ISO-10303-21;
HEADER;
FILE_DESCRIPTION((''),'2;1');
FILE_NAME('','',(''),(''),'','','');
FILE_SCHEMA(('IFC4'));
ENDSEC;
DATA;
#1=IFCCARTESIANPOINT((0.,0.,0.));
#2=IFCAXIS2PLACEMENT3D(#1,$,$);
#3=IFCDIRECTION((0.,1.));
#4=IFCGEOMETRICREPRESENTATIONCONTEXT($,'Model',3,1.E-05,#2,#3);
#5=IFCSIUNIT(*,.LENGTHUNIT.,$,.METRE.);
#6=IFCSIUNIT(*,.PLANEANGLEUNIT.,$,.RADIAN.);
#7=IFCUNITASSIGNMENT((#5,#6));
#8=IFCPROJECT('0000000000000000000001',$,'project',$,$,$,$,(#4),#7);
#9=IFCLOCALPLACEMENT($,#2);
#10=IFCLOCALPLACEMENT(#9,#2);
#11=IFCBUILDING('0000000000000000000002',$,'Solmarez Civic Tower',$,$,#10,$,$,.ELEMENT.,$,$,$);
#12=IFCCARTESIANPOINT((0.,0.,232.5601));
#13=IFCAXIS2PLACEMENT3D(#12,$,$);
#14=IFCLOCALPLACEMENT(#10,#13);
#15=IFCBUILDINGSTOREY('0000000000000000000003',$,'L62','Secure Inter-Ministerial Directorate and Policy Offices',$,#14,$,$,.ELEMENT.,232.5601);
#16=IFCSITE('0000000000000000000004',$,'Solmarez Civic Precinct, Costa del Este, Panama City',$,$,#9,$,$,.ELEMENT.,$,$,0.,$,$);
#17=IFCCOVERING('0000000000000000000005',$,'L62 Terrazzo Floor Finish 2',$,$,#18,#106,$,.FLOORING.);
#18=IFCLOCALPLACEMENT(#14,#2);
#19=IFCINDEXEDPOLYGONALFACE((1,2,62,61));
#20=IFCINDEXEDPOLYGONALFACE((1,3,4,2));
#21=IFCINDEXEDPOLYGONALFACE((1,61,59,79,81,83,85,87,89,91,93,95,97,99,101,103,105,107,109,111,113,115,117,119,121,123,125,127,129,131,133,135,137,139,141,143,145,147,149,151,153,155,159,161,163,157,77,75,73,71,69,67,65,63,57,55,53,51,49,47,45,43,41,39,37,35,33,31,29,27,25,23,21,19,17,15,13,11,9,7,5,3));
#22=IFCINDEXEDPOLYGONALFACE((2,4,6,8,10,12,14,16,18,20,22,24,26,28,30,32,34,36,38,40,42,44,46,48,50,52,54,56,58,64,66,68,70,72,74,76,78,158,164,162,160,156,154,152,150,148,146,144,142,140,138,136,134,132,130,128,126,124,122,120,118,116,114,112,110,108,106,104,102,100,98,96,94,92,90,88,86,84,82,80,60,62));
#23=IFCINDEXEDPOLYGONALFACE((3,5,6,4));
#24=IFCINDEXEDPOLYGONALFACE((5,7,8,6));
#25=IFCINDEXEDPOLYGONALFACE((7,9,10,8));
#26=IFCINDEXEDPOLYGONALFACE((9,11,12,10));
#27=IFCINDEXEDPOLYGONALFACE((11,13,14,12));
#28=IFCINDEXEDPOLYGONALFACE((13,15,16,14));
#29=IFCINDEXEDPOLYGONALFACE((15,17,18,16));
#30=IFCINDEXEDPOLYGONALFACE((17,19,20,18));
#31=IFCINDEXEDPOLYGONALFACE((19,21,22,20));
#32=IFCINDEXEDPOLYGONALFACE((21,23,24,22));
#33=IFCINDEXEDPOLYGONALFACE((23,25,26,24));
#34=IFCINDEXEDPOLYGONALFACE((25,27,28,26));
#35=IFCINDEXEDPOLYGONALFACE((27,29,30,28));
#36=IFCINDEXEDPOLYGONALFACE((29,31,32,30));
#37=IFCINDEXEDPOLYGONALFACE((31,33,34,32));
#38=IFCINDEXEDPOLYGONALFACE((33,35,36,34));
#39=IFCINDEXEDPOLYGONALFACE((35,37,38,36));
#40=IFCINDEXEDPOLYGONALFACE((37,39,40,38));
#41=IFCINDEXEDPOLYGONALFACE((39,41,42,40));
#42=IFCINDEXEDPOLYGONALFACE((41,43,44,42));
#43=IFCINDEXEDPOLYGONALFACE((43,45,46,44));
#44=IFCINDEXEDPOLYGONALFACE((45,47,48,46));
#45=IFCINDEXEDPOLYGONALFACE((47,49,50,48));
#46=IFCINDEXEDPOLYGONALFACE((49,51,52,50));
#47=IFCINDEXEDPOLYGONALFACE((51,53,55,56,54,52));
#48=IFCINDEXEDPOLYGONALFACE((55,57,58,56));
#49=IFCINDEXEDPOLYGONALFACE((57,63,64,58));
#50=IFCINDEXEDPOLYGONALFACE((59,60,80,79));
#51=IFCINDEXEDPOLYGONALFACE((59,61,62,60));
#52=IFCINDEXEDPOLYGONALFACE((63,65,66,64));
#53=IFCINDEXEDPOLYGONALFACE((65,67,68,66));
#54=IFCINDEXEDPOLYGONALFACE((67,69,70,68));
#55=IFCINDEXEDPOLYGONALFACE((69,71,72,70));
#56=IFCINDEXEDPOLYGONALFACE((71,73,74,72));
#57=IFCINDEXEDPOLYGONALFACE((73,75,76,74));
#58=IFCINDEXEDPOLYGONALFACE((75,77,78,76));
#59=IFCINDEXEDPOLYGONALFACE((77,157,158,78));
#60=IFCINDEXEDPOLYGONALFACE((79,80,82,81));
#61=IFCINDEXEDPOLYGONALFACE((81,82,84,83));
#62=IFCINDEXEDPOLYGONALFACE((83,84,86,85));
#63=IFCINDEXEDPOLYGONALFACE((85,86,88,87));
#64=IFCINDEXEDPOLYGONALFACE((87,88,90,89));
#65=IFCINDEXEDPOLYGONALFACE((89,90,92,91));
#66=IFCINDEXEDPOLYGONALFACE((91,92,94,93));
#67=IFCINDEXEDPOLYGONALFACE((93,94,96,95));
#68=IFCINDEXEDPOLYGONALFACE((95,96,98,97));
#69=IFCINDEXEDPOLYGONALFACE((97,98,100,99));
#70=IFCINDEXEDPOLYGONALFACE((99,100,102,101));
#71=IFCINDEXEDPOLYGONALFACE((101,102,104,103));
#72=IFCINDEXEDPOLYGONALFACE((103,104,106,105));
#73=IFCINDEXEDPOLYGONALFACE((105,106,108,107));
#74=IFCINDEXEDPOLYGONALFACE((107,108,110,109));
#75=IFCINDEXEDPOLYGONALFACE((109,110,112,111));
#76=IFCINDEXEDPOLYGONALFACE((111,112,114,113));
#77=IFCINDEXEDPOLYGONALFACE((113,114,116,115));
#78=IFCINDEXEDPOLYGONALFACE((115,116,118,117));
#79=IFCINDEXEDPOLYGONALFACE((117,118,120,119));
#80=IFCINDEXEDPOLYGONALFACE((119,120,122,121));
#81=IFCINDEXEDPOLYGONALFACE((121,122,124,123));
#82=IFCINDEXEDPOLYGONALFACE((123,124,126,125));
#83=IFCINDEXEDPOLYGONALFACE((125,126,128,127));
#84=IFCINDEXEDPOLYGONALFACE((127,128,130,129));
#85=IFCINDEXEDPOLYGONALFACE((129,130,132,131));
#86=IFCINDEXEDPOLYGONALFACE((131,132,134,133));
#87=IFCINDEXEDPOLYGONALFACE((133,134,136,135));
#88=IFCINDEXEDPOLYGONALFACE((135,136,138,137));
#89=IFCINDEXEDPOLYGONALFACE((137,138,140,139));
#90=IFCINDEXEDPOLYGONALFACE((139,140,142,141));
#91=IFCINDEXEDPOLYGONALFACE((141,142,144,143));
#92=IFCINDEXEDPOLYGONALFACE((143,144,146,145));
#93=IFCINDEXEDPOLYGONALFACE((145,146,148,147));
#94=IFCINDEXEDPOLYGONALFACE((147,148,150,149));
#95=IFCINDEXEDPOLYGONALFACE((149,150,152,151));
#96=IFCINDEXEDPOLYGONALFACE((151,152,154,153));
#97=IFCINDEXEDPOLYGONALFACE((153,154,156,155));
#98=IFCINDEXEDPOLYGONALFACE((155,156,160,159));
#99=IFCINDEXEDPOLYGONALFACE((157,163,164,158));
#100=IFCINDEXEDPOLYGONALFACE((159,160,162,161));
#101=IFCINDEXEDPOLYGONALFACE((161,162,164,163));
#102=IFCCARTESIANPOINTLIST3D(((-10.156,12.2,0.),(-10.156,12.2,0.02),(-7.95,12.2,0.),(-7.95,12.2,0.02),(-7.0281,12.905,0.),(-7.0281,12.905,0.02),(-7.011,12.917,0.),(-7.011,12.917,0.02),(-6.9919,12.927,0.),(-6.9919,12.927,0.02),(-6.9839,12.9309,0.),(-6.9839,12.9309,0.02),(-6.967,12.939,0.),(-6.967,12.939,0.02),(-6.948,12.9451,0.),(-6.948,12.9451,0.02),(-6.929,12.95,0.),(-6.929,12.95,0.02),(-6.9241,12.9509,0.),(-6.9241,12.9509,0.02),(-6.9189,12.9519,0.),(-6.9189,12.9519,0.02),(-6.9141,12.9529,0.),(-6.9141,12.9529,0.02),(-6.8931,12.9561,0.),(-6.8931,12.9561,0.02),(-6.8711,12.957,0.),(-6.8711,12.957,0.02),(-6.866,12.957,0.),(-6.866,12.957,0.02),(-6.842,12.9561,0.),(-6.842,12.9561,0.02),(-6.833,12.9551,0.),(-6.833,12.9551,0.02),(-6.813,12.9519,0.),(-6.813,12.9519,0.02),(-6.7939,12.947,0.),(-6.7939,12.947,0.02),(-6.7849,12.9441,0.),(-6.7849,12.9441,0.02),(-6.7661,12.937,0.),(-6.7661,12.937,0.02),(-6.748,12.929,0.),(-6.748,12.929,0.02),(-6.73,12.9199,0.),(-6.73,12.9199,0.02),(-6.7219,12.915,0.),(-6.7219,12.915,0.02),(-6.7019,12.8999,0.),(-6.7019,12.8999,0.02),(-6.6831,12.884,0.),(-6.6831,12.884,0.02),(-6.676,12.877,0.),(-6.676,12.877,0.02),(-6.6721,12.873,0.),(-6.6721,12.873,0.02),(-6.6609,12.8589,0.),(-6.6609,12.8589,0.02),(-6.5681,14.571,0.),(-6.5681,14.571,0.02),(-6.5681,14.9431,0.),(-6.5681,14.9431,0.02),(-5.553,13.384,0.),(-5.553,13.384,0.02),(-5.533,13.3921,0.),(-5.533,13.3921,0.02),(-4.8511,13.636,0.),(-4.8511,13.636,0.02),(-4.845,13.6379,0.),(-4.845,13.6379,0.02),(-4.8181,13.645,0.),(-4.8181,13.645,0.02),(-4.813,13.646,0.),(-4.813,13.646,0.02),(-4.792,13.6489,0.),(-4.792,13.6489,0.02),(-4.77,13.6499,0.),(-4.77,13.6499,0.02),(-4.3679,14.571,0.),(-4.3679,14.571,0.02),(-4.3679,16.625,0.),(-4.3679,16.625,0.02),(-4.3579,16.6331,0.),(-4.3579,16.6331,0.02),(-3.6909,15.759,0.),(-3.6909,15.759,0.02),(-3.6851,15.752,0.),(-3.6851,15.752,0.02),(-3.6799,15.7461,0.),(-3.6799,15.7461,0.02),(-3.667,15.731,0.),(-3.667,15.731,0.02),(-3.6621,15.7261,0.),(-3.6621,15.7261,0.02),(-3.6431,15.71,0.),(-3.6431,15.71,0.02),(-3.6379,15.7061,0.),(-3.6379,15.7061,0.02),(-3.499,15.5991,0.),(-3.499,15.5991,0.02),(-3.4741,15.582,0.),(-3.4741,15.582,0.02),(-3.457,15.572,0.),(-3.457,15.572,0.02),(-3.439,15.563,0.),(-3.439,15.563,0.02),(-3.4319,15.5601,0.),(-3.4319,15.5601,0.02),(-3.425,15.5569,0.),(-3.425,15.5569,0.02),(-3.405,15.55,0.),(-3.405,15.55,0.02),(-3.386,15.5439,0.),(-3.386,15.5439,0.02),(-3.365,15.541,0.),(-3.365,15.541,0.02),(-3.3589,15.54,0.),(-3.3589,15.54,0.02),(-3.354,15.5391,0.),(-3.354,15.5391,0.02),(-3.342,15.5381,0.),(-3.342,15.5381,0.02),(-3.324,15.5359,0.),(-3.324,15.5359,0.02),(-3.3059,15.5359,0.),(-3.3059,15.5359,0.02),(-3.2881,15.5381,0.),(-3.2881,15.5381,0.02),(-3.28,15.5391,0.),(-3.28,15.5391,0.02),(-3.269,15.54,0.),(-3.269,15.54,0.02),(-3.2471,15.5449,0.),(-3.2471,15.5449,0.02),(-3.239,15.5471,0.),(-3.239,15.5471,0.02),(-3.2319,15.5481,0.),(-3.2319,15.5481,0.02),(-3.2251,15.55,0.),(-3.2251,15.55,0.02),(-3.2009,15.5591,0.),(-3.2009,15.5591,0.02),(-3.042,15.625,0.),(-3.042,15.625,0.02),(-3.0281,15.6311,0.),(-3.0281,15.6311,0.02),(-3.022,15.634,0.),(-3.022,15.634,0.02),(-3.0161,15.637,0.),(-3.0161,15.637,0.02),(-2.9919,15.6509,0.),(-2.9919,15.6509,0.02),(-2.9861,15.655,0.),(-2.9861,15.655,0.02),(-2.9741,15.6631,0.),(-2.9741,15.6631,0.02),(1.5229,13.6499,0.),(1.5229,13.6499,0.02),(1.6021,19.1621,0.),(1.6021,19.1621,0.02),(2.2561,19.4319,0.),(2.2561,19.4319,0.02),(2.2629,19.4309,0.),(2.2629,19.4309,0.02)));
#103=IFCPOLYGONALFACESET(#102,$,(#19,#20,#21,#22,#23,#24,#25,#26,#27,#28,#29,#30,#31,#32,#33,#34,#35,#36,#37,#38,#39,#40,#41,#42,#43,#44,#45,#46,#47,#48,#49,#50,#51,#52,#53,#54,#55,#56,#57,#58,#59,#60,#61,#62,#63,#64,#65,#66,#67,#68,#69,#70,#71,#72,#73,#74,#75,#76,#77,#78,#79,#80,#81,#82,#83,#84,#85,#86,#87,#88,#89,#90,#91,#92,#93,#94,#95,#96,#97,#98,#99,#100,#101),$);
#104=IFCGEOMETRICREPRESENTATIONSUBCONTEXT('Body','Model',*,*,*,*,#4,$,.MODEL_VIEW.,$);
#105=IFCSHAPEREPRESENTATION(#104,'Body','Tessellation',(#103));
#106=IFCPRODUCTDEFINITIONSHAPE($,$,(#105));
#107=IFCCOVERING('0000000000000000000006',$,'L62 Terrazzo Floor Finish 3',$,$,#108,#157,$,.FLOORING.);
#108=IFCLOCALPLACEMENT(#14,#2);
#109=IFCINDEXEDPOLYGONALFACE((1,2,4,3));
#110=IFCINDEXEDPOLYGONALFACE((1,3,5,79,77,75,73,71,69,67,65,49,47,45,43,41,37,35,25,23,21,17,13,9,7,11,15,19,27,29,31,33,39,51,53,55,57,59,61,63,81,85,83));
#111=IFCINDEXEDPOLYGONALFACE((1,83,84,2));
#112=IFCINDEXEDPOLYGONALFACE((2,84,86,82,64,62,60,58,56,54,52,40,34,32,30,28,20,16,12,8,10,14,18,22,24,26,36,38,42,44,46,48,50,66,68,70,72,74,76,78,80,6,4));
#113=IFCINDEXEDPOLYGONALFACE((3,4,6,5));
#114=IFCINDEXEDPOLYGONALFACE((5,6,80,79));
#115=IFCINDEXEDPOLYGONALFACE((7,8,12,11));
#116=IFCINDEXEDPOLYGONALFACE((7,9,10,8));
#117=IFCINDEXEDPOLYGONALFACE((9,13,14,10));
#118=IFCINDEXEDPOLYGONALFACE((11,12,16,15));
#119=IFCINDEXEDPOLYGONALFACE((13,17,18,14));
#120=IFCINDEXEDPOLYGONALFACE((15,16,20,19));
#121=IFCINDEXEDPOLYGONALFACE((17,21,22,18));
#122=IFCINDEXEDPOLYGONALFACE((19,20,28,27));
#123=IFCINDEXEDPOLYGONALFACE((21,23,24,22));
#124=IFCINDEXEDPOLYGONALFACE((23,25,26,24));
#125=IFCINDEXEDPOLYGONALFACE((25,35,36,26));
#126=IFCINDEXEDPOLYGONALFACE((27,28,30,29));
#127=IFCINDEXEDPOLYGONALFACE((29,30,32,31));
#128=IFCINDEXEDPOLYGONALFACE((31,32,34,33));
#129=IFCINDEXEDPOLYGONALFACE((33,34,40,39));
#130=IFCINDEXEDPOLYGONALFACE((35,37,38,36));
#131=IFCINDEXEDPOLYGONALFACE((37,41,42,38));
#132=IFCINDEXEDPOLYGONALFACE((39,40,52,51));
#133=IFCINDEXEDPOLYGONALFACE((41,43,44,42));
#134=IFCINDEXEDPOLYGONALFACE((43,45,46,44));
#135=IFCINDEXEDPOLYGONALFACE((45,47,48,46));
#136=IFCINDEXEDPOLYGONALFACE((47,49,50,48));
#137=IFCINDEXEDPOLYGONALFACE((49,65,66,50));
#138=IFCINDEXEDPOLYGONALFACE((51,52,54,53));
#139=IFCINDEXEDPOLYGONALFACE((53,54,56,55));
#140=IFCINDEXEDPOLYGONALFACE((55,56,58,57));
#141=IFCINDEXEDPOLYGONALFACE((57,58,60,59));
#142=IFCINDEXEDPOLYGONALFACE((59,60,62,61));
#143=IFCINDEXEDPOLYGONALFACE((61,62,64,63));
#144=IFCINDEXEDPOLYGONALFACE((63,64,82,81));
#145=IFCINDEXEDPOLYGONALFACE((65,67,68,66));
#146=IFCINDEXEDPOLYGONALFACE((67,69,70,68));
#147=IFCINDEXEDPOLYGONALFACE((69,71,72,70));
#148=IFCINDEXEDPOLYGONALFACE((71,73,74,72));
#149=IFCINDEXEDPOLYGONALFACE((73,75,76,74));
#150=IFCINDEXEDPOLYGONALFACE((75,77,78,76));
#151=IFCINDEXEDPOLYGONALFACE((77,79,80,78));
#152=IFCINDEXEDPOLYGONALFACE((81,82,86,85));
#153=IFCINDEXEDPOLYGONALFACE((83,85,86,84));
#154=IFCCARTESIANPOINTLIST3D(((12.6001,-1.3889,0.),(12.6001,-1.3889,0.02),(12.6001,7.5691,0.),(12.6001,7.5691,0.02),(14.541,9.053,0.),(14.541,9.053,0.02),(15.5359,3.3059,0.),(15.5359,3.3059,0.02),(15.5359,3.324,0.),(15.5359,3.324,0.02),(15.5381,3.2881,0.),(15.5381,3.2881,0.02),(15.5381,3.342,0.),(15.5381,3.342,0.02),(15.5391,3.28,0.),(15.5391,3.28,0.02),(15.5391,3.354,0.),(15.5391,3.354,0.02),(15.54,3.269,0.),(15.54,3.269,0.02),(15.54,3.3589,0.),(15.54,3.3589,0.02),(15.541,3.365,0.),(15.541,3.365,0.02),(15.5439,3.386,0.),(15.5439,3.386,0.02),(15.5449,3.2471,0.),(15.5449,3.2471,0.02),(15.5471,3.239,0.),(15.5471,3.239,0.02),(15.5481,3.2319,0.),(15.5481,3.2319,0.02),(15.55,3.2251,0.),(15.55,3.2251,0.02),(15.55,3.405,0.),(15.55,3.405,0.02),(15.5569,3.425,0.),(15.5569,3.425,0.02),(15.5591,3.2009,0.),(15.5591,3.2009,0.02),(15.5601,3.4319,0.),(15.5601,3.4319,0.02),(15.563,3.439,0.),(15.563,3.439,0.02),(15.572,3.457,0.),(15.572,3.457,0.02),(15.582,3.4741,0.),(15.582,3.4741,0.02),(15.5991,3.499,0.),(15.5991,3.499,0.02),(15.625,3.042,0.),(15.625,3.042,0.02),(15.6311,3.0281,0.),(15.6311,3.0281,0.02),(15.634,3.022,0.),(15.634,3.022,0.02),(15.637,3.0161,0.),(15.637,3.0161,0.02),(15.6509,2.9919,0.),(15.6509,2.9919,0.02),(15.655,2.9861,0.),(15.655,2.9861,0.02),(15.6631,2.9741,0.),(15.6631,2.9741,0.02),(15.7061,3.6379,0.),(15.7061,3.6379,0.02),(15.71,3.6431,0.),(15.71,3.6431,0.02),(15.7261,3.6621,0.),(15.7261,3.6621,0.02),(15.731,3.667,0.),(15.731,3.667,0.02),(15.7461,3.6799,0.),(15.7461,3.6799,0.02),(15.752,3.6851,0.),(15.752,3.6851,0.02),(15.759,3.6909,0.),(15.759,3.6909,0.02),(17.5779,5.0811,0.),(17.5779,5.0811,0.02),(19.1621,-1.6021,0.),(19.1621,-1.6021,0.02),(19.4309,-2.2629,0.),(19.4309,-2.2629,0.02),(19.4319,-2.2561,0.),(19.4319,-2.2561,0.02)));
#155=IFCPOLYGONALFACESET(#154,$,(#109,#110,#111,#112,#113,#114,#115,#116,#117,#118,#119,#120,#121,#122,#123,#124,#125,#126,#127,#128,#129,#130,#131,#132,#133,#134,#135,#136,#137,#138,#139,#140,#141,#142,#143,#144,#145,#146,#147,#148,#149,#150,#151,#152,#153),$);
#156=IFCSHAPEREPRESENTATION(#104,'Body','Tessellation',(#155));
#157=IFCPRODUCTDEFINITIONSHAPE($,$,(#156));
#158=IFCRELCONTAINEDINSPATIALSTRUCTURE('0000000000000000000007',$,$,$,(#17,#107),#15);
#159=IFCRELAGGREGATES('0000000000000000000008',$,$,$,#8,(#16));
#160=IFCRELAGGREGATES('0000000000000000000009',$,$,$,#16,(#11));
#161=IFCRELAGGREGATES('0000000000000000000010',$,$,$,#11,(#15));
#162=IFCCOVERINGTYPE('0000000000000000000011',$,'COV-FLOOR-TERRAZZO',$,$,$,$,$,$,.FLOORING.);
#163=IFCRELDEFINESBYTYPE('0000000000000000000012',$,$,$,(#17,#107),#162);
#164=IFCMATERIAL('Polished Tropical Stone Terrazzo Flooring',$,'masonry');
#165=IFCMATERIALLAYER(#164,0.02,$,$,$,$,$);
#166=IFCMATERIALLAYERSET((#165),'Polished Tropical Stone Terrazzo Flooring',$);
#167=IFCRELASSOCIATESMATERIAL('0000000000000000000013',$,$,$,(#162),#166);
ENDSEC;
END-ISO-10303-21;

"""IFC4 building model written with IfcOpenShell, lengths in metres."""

from ifc_helpers import new_model, si_unit, direction, frame, origin, place, context, subcontext, project, spatial, polyline, outline, extrude, material, layer, layer_set, type_object, element, save


model = new_model("IFC4")

# Units and contexts
model_context = context("Model", 3, precision=1e-05, world=origin(), true_north=direction((0.0, 1.0)))
body_context = subcontext(model_context, "Body", "Model", "MODEL_VIEW")
ifc_project = project(units=[si_unit("LENGTHUNIT", "METRE"), si_unit("PLANEANGLEUNIT", "RADIAN")], contexts=[model_context])

# Site, building, storey
site_placement = place(None, origin())
site = spatial("IfcSite", under=ifc_project, at=site_placement, Name="Solmarez Civic Precinct, Costa del Este, Panama City", CompositionType="ELEMENT", RefElevation=0.0)
building_placement = place(site_placement, origin())
building = spatial("IfcBuilding", under=site, at=building_placement, Name="Solmarez Civic Tower", CompositionType="ELEMENT")
storey_placement = place(building_placement, frame((0.0, 0.0, 232.5601)))
storey = spatial("IfcBuildingStorey", under=building, at=storey_placement, Name="L62", Description="Secure Inter-Ministerial Directorate and Policy Offices", CompositionType="ELEMENT", Elevation=232.5601)

# Coverings
ifc_material_1 = material(Name="Polished Tropical Stone Terrazzo Flooring", Category="masonry")
ifc_layer_1 = layer(ifc_material_1, 0.02)
ifc_layer_set_1 = layer_set([ifc_layer_1], Name="Polished Tropical Stone Terrazzo Flooring")
covering_type_1 = type_object("IfcCoveringType", Name="COV-FLOOR-TERRAZZO", PredefinedType="FLOORING", material=ifc_layer_set_1)
covering_1_placement = place(storey_placement, origin())
element("IfcCovering", 1, at=covering_1_placement, inside=storey, type_object=covering_type_1, Name="L62 Terrazzo Floor Finish 2", PredefinedType="FLOORING", context=body_context, shape_type="SweptSolid", body=[
    extrude(outline(polyline([(-10.156, 12.2), (-7.95, 12.2), (-7.0281, 12.905), (-7.011, 12.917), (-6.9919, 12.927), (-6.9839, 12.9309), (-6.967, 12.939), (-6.948, 12.9451), (-6.929, 12.95), (-6.9241, 12.9509), (-6.9189, 12.9519), (-6.9141, 12.9529), (-6.8931, 12.9561), (-6.8711, 12.957), (-6.866, 12.957), (-6.842, 12.9561), (-6.833, 12.9551), (-6.813, 12.9519), (-6.7939, 12.947), (-6.7849, 12.9441), (-6.7661, 12.937), (-6.748, 12.929), (-6.73, 12.9199), (-6.7219, 12.915), (-6.7019, 12.8999), (-6.6831, 12.884), (-6.676, 12.877), (-6.6721, 12.873), (-6.6609, 12.8589), (-5.553, 13.384), (-5.533, 13.3921), (-4.8511, 13.636), (-4.845, 13.6379), (-4.8181, 13.645), (-4.813, 13.646), (-4.792, 13.6489), (-4.77, 13.6499), (1.5229, 13.6499), (2.2629, 19.4309), (2.2561, 19.4319), (1.6021, 19.1621), (-2.9741, 15.6631), (-2.9861, 15.655), (-2.9919, 15.6509), (-3.0161, 15.637), (-3.022, 15.634), (-3.0281, 15.6311), (-3.042, 15.625), (-3.2009, 15.5591), (-3.2251, 15.55), (-3.2319, 15.5481), (-3.239, 15.5471), (-3.2471, 15.5449), (-3.269, 15.54), (-3.28, 15.5391), (-3.2881, 15.5381), (-3.3059, 15.5359), (-3.324, 15.5359), (-3.342, 15.5381), (-3.354, 15.5391), (-3.3589, 15.54), (-3.365, 15.541), (-3.386, 15.5439), (-3.405, 15.55), (-3.425, 15.5569), (-3.4319, 15.5601), (-3.439, 15.563), (-3.457, 15.572), (-3.4741, 15.582), (-3.499, 15.5991), (-3.6379, 15.7061), (-3.6431, 15.71), (-3.6621, 15.7261), (-3.667, 15.731), (-3.6799, 15.7461), (-3.6851, 15.752), (-3.6909, 15.759), (-4.3579, 16.6331), (-4.3679, 16.625), (-4.3679, 14.571), (-6.5681, 14.571), (-6.5681, 14.9431), (-10.156, 12.2)])), origin(), (0.0, 0.0, 1.0), 0.02),
])
covering_2_placement = place(storey_placement, origin())
element("IfcCovering", 2, at=covering_2_placement, inside=storey, type_object=covering_type_1, Name="L62 Terrazzo Floor Finish 3", PredefinedType="FLOORING", context=body_context, shape_type="SweptSolid", body=[
    extrude(outline(polyline([(12.6001, 7.5691), (12.6001, -1.3889), (19.4309, -2.2629), (19.4319, -2.2561), (19.1621, -1.6021), (15.6631, 2.9741), (15.655, 2.9861), (15.6509, 2.9919), (15.637, 3.0161), (15.634, 3.022), (15.6311, 3.0281), (15.625, 3.042), (15.5591, 3.2009), (15.55, 3.2251), (15.5481, 3.2319), (15.5471, 3.239), (15.5449, 3.2471), (15.54, 3.269), (15.5391, 3.28), (15.5381, 3.2881), (15.5359, 3.3059), (15.5359, 3.324), (15.5381, 3.342), (15.5391, 3.354), (15.54, 3.3589), (15.541, 3.365), (15.5439, 3.386), (15.55, 3.405), (15.5569, 3.425), (15.5601, 3.4319), (15.563, 3.439), (15.572, 3.457), (15.582, 3.4741), (15.5991, 3.499), (15.7061, 3.6379), (15.71, 3.6431), (15.7261, 3.6621), (15.731, 3.667), (15.7461, 3.6799), (15.752, 3.6851), (15.759, 3.6909), (17.5779, 5.0811), (14.541, 9.053), (12.6001, 7.5691)])), origin(), (0.0, 0.0, 1.0), 0.02),
])

save(model, "model.ifc")
